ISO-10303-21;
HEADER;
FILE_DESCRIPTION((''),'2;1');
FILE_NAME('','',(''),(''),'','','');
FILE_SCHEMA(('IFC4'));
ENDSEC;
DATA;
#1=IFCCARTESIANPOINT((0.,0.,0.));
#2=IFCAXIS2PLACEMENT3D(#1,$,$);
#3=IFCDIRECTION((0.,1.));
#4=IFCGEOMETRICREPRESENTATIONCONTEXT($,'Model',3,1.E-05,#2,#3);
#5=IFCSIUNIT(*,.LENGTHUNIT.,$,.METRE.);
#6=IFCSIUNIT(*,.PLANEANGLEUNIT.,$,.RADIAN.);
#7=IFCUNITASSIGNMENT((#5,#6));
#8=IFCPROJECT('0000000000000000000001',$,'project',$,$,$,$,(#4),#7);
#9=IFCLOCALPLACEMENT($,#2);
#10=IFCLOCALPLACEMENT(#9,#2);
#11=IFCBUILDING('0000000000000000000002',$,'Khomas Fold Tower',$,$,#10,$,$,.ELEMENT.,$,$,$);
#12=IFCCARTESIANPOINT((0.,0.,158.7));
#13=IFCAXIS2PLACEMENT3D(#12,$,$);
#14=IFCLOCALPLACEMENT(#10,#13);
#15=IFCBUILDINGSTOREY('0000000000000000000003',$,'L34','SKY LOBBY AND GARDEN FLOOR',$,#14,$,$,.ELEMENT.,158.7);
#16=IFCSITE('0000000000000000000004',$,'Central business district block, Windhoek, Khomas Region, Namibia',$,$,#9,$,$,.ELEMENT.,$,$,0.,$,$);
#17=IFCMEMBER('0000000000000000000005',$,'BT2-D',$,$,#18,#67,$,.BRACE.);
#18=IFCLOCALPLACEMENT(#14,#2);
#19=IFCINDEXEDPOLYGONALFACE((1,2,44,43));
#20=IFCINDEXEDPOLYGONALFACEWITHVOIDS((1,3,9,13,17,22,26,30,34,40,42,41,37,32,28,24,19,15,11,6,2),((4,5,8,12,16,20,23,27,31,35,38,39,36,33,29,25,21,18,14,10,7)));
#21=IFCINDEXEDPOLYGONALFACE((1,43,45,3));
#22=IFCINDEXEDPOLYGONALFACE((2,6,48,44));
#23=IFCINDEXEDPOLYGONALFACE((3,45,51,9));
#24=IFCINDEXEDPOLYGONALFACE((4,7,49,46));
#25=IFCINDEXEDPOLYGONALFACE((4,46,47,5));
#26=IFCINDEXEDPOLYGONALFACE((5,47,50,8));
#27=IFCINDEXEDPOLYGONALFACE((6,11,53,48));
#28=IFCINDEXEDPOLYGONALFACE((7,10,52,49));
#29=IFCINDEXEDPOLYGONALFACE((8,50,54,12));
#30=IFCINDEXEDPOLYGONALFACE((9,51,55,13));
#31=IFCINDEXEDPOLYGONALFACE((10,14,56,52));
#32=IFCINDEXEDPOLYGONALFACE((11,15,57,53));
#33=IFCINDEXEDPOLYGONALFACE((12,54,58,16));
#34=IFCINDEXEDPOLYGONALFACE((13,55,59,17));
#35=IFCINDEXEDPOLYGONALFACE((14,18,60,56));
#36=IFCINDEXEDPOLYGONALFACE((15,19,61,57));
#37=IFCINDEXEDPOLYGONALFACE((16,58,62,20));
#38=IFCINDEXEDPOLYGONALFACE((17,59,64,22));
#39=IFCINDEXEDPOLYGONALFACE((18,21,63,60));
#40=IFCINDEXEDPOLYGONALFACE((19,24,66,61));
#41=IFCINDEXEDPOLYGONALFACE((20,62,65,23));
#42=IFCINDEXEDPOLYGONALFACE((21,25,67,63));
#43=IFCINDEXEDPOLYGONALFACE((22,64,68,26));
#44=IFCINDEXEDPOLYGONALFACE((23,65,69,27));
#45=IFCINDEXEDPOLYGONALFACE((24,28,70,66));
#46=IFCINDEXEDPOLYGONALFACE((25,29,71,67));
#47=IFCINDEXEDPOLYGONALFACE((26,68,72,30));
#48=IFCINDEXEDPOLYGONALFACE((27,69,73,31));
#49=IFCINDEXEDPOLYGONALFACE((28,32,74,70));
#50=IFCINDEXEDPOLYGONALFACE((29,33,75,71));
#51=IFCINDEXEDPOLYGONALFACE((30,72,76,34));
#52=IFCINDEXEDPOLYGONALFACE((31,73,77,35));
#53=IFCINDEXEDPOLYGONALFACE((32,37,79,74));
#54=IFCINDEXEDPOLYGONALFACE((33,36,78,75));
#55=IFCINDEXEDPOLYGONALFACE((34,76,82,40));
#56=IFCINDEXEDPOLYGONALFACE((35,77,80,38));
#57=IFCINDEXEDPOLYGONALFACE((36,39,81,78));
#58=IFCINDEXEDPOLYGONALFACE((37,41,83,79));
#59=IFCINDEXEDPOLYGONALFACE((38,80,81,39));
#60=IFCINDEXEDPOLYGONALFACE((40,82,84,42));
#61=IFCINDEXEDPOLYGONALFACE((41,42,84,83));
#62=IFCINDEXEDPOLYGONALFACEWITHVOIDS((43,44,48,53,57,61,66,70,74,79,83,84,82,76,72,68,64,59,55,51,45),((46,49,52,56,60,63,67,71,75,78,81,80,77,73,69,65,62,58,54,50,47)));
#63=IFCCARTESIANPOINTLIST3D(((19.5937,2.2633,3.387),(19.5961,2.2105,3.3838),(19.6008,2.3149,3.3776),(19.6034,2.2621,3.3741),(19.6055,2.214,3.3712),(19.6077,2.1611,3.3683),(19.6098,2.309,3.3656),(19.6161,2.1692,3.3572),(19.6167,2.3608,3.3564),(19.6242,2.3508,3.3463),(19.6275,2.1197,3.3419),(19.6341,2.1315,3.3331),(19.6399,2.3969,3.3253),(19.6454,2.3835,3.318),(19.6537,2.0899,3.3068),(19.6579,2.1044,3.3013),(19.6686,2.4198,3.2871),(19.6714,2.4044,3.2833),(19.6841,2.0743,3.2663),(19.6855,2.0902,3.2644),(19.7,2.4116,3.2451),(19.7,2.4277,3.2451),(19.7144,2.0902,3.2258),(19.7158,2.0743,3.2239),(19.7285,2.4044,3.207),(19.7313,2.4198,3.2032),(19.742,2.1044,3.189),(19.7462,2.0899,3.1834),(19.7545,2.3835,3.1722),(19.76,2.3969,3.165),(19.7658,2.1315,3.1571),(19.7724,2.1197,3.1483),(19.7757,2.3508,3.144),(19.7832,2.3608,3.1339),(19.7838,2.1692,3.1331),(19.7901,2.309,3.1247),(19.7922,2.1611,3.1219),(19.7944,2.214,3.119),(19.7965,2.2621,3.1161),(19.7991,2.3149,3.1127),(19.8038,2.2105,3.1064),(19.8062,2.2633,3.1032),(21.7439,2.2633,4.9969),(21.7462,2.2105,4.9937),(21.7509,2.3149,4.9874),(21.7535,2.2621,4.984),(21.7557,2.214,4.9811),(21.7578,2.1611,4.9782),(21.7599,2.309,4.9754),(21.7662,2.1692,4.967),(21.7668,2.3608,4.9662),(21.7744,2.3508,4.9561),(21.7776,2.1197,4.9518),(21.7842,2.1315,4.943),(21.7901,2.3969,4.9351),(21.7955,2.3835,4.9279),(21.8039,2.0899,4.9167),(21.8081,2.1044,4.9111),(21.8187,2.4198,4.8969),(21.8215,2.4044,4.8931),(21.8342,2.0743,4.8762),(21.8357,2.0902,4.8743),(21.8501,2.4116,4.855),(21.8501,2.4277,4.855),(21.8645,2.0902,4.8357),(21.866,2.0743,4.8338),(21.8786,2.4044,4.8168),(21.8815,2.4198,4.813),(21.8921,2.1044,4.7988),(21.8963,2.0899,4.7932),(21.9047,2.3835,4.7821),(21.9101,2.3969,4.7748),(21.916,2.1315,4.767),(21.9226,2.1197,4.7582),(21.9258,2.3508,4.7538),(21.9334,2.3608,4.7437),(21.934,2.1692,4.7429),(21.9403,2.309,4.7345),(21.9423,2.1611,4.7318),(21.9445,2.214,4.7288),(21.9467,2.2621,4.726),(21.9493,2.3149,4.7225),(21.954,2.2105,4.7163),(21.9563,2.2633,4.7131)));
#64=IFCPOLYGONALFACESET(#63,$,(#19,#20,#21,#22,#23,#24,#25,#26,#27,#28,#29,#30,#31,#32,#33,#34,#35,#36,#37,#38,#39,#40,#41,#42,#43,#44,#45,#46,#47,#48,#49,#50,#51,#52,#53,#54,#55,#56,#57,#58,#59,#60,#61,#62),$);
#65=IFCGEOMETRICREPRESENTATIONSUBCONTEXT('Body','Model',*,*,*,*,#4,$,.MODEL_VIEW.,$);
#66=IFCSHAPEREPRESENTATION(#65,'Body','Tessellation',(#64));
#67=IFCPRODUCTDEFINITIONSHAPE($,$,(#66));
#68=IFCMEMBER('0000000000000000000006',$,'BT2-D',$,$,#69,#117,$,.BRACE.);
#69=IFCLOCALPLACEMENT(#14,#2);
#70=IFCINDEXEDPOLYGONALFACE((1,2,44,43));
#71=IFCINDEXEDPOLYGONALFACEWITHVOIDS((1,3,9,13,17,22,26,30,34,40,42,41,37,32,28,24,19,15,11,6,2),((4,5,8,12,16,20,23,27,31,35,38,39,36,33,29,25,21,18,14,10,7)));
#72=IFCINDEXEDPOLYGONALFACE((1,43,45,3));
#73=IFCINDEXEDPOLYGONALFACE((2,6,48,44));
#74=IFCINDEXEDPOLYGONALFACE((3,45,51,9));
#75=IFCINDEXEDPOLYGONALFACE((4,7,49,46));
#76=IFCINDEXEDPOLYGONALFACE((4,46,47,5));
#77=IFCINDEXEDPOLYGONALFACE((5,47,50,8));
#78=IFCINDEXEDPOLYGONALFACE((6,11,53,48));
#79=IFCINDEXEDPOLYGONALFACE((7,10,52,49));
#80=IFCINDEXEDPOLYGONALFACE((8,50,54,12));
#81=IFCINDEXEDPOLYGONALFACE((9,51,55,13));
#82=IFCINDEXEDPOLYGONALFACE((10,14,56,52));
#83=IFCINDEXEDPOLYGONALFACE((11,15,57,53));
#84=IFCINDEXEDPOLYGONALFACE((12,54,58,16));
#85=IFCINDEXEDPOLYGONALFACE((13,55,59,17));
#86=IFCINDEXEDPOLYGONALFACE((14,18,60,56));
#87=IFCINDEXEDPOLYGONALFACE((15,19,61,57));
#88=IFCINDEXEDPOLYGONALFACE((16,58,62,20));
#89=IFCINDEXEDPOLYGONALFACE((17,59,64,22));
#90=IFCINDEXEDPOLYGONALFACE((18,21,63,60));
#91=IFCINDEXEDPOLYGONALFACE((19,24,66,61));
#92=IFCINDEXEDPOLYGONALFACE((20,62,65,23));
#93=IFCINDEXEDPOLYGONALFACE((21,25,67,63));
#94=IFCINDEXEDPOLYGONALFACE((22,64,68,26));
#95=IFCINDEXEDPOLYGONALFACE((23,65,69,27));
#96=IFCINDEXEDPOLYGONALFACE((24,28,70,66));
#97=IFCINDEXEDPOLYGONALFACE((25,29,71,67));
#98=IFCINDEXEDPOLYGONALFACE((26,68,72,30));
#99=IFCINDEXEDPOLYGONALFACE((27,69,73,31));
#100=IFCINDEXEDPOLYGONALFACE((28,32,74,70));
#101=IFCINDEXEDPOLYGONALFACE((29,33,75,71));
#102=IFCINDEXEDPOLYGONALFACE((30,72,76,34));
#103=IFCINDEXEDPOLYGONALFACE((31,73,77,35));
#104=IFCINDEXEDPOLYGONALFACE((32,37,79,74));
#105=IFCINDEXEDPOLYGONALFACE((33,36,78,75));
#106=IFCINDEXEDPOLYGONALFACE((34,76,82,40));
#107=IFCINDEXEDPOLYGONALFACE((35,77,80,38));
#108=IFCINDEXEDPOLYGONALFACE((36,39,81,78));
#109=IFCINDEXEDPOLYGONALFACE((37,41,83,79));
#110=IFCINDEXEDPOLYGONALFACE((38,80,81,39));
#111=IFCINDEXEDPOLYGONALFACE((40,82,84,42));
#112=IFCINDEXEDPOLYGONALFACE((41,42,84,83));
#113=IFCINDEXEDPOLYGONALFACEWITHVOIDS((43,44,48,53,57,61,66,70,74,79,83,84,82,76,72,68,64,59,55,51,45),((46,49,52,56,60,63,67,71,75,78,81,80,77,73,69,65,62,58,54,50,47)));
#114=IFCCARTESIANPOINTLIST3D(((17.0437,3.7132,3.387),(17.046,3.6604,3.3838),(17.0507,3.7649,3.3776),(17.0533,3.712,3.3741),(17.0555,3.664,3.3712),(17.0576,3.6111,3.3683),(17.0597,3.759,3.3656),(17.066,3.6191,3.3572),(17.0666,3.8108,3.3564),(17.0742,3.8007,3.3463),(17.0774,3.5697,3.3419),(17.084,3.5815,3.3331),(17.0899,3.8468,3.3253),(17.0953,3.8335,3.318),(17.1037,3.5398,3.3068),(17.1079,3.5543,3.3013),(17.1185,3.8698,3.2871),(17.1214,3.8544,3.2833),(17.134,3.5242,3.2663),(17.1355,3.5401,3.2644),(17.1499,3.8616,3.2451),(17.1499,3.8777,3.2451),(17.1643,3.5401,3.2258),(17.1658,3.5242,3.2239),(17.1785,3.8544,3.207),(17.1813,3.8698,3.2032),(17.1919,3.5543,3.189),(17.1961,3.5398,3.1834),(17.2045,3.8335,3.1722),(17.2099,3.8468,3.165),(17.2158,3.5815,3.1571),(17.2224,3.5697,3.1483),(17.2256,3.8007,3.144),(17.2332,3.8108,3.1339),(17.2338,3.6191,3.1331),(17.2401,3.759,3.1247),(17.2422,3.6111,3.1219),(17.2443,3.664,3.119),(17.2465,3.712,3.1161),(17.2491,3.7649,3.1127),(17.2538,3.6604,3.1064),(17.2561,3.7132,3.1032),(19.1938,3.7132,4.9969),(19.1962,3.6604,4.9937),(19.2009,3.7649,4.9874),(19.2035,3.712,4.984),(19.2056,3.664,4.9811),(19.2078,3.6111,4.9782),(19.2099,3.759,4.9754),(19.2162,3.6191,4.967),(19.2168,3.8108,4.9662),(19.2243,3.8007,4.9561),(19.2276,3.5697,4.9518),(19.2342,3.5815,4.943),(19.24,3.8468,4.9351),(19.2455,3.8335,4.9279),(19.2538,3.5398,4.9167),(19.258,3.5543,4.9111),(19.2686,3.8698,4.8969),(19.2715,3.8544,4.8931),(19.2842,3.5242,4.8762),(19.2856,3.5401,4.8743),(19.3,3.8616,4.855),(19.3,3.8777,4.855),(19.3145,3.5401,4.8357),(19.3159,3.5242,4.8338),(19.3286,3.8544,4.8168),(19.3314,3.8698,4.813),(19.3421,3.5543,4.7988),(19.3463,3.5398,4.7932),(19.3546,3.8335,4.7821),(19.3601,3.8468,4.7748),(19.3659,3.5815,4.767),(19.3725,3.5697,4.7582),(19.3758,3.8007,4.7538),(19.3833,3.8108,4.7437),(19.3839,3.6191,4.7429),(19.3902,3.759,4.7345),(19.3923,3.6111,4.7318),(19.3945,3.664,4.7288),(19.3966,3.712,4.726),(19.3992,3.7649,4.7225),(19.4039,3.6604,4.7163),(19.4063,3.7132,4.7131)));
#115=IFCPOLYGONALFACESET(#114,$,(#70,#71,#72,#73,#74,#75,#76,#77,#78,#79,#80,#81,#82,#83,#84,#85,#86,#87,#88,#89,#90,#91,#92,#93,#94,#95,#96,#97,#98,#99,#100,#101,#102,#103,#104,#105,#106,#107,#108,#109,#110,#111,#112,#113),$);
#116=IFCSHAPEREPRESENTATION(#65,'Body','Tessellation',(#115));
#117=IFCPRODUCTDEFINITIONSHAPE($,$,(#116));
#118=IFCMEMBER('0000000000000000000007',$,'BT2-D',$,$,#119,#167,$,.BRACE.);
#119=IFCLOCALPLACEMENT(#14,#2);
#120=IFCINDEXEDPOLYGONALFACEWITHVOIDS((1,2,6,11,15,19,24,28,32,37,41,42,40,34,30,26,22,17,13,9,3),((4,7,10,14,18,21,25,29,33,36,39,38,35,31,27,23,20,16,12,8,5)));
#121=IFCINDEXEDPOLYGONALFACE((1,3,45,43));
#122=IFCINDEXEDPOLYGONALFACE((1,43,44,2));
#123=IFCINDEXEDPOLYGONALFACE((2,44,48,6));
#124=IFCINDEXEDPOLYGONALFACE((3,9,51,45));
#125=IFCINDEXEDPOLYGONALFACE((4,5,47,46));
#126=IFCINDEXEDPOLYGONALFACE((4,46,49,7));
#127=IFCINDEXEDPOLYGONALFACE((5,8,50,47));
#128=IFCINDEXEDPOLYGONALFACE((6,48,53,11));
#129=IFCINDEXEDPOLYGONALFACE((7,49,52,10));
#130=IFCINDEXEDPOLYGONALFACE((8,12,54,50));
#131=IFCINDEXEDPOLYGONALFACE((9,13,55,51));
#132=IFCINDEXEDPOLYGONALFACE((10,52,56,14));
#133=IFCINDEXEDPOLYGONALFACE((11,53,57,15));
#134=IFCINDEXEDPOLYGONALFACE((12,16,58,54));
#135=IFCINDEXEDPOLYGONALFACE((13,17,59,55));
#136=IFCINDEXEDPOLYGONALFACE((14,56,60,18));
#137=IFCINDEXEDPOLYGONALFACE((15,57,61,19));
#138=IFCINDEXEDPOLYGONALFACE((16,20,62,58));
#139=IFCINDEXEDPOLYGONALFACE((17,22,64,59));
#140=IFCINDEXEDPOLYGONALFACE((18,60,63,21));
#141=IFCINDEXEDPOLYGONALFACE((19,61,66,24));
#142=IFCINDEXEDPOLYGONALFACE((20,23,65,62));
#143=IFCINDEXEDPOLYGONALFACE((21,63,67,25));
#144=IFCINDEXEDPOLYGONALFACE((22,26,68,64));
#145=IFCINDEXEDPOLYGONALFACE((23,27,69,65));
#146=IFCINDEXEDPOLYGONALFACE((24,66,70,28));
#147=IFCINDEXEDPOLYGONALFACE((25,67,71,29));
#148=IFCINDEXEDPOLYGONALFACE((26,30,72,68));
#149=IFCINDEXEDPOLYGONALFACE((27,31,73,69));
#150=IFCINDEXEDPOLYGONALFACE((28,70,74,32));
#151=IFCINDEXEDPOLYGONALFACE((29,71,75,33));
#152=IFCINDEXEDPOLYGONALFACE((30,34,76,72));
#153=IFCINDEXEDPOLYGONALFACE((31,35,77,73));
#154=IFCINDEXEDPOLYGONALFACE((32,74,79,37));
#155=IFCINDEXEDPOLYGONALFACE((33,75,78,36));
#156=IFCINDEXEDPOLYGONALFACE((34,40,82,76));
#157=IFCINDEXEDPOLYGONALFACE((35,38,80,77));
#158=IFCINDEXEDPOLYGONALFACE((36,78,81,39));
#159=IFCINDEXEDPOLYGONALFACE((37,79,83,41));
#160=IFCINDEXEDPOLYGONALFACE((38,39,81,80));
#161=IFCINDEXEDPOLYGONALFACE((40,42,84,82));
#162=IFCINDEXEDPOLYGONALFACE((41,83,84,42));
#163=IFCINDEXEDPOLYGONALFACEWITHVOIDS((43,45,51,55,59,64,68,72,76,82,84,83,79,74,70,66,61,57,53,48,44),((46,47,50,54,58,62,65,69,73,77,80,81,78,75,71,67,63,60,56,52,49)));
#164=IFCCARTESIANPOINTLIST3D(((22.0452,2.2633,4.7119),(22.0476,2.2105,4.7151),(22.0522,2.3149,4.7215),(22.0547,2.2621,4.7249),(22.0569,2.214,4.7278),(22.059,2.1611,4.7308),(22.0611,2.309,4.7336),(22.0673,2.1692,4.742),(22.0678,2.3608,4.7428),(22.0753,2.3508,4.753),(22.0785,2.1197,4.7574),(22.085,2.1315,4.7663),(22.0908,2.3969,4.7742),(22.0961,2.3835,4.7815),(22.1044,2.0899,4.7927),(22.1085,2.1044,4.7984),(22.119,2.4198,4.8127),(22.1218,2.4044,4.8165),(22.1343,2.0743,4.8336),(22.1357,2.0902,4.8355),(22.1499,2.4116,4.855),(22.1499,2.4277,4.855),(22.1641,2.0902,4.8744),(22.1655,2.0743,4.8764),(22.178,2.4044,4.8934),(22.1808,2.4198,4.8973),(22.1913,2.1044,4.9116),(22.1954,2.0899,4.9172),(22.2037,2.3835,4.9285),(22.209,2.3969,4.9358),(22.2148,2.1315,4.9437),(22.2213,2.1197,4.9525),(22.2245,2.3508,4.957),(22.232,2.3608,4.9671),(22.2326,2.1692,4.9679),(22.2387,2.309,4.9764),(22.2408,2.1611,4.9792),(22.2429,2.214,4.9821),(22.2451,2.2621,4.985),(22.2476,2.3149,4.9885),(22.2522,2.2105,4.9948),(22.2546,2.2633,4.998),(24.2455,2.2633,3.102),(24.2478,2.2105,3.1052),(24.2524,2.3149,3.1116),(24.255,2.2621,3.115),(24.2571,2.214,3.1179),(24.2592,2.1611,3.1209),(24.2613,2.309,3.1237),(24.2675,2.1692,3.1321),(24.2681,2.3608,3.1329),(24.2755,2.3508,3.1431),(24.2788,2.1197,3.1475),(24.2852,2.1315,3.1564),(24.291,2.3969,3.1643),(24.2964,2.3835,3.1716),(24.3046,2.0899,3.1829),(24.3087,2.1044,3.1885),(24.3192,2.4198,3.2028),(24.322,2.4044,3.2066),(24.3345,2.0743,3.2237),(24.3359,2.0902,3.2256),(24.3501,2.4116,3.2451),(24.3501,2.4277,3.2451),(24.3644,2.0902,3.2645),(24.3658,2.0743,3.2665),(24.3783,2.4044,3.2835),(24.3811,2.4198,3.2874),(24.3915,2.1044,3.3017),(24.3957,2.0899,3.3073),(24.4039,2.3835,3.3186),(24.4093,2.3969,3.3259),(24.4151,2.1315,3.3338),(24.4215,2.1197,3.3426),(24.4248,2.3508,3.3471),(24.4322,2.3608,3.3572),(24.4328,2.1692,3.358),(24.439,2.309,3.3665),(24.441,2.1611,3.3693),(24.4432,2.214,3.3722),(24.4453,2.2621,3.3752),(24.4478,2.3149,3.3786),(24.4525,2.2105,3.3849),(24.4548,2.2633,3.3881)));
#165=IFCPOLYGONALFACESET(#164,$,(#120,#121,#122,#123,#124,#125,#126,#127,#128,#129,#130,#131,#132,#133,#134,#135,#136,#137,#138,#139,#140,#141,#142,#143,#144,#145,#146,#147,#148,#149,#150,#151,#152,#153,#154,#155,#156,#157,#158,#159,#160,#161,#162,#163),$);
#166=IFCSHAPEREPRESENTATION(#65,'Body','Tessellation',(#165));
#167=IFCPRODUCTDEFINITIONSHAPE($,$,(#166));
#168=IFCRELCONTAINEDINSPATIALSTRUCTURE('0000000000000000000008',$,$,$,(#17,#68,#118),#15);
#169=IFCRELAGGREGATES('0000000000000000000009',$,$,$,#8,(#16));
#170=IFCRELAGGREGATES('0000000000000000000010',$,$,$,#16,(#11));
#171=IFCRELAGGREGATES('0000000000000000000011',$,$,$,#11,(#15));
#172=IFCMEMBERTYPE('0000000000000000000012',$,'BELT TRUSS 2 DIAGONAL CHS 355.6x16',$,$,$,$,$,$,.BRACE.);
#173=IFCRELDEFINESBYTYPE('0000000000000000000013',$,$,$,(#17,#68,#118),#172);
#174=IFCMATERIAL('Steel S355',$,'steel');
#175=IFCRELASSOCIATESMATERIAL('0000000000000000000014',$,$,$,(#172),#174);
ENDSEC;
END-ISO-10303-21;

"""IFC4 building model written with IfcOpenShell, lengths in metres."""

from ifc_helpers import new_model, si_unit, direction, frame, origin, origin_2d, place, context, subcontext, project, spatial, hollow_circle, extrude, source, transform, mapped, material, material_profile, profile_set, type_object, element, save


model = new_model("IFC4")

# Units and contexts
model_context = context("Model", 3, precision=1e-05, world=origin(), true_north=direction((0.0, 1.0)))
body_context = subcontext(model_context, "Body", "Model", "MODEL_VIEW")
ifc_project = project(units=[si_unit("LENGTHUNIT", "METRE"), si_unit("PLANEANGLEUNIT", "RADIAN")], contexts=[model_context])

# Site, building, storey
site_placement = place(None, origin())
site = spatial("IfcSite", under=ifc_project, at=site_placement, Name="Central business district block, Windhoek, Khomas Region, Namibia", CompositionType="ELEMENT", RefElevation=0.0)
building_placement = place(site_placement, origin())
building = spatial("IfcBuilding", under=site, at=building_placement, Name="Khomas Fold Tower", CompositionType="ELEMENT")
storey_placement = place(building_placement, frame((0.0, 0.0, 158.7)))
storey = spatial("IfcBuildingStorey", under=building, at=storey_placement, Name="L34", Description="SKY LOBBY AND GARDEN FLOOR", CompositionType="ELEMENT", Elevation=158.7)

# Members
ifc_material_1 = material(Name="Steel S355", Category="steel")
ifc_material_profile_1 = material_profile(ifc_material_1, hollow_circle(Radius=0.1777, WallThickness=0.0161, at=origin_2d()), Name="CHS 355.6x16")
ifc_profile_set_1 = profile_set([ifc_material_profile_1], Name="Steel S355")
member_type_1 = type_object("IfcMemberType", Name="BELT TRUSS 2 DIAGONAL CHS 355.6x16", PredefinedType="BRACE", material=ifc_profile_set_1)
shared_shape_1 = source(origin(), body_context, "Body", "SweptSolid", [
    extrude(hollow_circle(Radius=0.1777, WallThickness=0.0161, at=origin_2d()), origin(), (0.0, 0.0, 1.0), 2.686),
])
for number, where, z_axis, x_axis, name in (
    (1, (19.7, 2.25, 3.2451), (0.800491, 0.0, 0.599345), (0.0, 1.0, 0.0), "BT2-D"),
    (2, (17.1499, 3.7, 3.2451), (0.800491, 0.0, 0.599345), (0.0, 1.0, 0.0), "BT2-D"),
):
    element("IfcMember", number, at=place(storey_placement, frame(where, z_axis=z_axis, x_axis=x_axis)), inside=storey, type_object=member_type_1, Name=name, PredefinedType="BRACE", context=body_context, shape_type="MappedRepresentation", body=[
        mapped(shared_shape_1, transform((0.0, 0.0, 0.0))),
    ])
shared_shape_2 = source(origin(), body_context, "Body", "SweptSolid", [
    extrude(hollow_circle(Radius=0.1777, WallThickness=0.0161, at=origin_2d()), origin(), (0.0, 0.0, 1.0), 2.7263),
])
for number, where, z_axis, x_axis, name in (
    (3, (22.1499, 2.25, 4.855), (0.807037, 0.0, -0.590501), (0.0, 1.0, 0.0), "BT2-D"),
):
    element("IfcMember", number, at=place(storey_placement, frame(where, z_axis=z_axis, x_axis=x_axis)), inside=storey, type_object=member_type_1, Name=name, PredefinedType="BRACE", context=body_context, shape_type="MappedRepresentation", body=[
        mapped(shared_shape_2, transform((0.0, 0.0, 0.0))),
    ])

save(model, "model.ifc")
